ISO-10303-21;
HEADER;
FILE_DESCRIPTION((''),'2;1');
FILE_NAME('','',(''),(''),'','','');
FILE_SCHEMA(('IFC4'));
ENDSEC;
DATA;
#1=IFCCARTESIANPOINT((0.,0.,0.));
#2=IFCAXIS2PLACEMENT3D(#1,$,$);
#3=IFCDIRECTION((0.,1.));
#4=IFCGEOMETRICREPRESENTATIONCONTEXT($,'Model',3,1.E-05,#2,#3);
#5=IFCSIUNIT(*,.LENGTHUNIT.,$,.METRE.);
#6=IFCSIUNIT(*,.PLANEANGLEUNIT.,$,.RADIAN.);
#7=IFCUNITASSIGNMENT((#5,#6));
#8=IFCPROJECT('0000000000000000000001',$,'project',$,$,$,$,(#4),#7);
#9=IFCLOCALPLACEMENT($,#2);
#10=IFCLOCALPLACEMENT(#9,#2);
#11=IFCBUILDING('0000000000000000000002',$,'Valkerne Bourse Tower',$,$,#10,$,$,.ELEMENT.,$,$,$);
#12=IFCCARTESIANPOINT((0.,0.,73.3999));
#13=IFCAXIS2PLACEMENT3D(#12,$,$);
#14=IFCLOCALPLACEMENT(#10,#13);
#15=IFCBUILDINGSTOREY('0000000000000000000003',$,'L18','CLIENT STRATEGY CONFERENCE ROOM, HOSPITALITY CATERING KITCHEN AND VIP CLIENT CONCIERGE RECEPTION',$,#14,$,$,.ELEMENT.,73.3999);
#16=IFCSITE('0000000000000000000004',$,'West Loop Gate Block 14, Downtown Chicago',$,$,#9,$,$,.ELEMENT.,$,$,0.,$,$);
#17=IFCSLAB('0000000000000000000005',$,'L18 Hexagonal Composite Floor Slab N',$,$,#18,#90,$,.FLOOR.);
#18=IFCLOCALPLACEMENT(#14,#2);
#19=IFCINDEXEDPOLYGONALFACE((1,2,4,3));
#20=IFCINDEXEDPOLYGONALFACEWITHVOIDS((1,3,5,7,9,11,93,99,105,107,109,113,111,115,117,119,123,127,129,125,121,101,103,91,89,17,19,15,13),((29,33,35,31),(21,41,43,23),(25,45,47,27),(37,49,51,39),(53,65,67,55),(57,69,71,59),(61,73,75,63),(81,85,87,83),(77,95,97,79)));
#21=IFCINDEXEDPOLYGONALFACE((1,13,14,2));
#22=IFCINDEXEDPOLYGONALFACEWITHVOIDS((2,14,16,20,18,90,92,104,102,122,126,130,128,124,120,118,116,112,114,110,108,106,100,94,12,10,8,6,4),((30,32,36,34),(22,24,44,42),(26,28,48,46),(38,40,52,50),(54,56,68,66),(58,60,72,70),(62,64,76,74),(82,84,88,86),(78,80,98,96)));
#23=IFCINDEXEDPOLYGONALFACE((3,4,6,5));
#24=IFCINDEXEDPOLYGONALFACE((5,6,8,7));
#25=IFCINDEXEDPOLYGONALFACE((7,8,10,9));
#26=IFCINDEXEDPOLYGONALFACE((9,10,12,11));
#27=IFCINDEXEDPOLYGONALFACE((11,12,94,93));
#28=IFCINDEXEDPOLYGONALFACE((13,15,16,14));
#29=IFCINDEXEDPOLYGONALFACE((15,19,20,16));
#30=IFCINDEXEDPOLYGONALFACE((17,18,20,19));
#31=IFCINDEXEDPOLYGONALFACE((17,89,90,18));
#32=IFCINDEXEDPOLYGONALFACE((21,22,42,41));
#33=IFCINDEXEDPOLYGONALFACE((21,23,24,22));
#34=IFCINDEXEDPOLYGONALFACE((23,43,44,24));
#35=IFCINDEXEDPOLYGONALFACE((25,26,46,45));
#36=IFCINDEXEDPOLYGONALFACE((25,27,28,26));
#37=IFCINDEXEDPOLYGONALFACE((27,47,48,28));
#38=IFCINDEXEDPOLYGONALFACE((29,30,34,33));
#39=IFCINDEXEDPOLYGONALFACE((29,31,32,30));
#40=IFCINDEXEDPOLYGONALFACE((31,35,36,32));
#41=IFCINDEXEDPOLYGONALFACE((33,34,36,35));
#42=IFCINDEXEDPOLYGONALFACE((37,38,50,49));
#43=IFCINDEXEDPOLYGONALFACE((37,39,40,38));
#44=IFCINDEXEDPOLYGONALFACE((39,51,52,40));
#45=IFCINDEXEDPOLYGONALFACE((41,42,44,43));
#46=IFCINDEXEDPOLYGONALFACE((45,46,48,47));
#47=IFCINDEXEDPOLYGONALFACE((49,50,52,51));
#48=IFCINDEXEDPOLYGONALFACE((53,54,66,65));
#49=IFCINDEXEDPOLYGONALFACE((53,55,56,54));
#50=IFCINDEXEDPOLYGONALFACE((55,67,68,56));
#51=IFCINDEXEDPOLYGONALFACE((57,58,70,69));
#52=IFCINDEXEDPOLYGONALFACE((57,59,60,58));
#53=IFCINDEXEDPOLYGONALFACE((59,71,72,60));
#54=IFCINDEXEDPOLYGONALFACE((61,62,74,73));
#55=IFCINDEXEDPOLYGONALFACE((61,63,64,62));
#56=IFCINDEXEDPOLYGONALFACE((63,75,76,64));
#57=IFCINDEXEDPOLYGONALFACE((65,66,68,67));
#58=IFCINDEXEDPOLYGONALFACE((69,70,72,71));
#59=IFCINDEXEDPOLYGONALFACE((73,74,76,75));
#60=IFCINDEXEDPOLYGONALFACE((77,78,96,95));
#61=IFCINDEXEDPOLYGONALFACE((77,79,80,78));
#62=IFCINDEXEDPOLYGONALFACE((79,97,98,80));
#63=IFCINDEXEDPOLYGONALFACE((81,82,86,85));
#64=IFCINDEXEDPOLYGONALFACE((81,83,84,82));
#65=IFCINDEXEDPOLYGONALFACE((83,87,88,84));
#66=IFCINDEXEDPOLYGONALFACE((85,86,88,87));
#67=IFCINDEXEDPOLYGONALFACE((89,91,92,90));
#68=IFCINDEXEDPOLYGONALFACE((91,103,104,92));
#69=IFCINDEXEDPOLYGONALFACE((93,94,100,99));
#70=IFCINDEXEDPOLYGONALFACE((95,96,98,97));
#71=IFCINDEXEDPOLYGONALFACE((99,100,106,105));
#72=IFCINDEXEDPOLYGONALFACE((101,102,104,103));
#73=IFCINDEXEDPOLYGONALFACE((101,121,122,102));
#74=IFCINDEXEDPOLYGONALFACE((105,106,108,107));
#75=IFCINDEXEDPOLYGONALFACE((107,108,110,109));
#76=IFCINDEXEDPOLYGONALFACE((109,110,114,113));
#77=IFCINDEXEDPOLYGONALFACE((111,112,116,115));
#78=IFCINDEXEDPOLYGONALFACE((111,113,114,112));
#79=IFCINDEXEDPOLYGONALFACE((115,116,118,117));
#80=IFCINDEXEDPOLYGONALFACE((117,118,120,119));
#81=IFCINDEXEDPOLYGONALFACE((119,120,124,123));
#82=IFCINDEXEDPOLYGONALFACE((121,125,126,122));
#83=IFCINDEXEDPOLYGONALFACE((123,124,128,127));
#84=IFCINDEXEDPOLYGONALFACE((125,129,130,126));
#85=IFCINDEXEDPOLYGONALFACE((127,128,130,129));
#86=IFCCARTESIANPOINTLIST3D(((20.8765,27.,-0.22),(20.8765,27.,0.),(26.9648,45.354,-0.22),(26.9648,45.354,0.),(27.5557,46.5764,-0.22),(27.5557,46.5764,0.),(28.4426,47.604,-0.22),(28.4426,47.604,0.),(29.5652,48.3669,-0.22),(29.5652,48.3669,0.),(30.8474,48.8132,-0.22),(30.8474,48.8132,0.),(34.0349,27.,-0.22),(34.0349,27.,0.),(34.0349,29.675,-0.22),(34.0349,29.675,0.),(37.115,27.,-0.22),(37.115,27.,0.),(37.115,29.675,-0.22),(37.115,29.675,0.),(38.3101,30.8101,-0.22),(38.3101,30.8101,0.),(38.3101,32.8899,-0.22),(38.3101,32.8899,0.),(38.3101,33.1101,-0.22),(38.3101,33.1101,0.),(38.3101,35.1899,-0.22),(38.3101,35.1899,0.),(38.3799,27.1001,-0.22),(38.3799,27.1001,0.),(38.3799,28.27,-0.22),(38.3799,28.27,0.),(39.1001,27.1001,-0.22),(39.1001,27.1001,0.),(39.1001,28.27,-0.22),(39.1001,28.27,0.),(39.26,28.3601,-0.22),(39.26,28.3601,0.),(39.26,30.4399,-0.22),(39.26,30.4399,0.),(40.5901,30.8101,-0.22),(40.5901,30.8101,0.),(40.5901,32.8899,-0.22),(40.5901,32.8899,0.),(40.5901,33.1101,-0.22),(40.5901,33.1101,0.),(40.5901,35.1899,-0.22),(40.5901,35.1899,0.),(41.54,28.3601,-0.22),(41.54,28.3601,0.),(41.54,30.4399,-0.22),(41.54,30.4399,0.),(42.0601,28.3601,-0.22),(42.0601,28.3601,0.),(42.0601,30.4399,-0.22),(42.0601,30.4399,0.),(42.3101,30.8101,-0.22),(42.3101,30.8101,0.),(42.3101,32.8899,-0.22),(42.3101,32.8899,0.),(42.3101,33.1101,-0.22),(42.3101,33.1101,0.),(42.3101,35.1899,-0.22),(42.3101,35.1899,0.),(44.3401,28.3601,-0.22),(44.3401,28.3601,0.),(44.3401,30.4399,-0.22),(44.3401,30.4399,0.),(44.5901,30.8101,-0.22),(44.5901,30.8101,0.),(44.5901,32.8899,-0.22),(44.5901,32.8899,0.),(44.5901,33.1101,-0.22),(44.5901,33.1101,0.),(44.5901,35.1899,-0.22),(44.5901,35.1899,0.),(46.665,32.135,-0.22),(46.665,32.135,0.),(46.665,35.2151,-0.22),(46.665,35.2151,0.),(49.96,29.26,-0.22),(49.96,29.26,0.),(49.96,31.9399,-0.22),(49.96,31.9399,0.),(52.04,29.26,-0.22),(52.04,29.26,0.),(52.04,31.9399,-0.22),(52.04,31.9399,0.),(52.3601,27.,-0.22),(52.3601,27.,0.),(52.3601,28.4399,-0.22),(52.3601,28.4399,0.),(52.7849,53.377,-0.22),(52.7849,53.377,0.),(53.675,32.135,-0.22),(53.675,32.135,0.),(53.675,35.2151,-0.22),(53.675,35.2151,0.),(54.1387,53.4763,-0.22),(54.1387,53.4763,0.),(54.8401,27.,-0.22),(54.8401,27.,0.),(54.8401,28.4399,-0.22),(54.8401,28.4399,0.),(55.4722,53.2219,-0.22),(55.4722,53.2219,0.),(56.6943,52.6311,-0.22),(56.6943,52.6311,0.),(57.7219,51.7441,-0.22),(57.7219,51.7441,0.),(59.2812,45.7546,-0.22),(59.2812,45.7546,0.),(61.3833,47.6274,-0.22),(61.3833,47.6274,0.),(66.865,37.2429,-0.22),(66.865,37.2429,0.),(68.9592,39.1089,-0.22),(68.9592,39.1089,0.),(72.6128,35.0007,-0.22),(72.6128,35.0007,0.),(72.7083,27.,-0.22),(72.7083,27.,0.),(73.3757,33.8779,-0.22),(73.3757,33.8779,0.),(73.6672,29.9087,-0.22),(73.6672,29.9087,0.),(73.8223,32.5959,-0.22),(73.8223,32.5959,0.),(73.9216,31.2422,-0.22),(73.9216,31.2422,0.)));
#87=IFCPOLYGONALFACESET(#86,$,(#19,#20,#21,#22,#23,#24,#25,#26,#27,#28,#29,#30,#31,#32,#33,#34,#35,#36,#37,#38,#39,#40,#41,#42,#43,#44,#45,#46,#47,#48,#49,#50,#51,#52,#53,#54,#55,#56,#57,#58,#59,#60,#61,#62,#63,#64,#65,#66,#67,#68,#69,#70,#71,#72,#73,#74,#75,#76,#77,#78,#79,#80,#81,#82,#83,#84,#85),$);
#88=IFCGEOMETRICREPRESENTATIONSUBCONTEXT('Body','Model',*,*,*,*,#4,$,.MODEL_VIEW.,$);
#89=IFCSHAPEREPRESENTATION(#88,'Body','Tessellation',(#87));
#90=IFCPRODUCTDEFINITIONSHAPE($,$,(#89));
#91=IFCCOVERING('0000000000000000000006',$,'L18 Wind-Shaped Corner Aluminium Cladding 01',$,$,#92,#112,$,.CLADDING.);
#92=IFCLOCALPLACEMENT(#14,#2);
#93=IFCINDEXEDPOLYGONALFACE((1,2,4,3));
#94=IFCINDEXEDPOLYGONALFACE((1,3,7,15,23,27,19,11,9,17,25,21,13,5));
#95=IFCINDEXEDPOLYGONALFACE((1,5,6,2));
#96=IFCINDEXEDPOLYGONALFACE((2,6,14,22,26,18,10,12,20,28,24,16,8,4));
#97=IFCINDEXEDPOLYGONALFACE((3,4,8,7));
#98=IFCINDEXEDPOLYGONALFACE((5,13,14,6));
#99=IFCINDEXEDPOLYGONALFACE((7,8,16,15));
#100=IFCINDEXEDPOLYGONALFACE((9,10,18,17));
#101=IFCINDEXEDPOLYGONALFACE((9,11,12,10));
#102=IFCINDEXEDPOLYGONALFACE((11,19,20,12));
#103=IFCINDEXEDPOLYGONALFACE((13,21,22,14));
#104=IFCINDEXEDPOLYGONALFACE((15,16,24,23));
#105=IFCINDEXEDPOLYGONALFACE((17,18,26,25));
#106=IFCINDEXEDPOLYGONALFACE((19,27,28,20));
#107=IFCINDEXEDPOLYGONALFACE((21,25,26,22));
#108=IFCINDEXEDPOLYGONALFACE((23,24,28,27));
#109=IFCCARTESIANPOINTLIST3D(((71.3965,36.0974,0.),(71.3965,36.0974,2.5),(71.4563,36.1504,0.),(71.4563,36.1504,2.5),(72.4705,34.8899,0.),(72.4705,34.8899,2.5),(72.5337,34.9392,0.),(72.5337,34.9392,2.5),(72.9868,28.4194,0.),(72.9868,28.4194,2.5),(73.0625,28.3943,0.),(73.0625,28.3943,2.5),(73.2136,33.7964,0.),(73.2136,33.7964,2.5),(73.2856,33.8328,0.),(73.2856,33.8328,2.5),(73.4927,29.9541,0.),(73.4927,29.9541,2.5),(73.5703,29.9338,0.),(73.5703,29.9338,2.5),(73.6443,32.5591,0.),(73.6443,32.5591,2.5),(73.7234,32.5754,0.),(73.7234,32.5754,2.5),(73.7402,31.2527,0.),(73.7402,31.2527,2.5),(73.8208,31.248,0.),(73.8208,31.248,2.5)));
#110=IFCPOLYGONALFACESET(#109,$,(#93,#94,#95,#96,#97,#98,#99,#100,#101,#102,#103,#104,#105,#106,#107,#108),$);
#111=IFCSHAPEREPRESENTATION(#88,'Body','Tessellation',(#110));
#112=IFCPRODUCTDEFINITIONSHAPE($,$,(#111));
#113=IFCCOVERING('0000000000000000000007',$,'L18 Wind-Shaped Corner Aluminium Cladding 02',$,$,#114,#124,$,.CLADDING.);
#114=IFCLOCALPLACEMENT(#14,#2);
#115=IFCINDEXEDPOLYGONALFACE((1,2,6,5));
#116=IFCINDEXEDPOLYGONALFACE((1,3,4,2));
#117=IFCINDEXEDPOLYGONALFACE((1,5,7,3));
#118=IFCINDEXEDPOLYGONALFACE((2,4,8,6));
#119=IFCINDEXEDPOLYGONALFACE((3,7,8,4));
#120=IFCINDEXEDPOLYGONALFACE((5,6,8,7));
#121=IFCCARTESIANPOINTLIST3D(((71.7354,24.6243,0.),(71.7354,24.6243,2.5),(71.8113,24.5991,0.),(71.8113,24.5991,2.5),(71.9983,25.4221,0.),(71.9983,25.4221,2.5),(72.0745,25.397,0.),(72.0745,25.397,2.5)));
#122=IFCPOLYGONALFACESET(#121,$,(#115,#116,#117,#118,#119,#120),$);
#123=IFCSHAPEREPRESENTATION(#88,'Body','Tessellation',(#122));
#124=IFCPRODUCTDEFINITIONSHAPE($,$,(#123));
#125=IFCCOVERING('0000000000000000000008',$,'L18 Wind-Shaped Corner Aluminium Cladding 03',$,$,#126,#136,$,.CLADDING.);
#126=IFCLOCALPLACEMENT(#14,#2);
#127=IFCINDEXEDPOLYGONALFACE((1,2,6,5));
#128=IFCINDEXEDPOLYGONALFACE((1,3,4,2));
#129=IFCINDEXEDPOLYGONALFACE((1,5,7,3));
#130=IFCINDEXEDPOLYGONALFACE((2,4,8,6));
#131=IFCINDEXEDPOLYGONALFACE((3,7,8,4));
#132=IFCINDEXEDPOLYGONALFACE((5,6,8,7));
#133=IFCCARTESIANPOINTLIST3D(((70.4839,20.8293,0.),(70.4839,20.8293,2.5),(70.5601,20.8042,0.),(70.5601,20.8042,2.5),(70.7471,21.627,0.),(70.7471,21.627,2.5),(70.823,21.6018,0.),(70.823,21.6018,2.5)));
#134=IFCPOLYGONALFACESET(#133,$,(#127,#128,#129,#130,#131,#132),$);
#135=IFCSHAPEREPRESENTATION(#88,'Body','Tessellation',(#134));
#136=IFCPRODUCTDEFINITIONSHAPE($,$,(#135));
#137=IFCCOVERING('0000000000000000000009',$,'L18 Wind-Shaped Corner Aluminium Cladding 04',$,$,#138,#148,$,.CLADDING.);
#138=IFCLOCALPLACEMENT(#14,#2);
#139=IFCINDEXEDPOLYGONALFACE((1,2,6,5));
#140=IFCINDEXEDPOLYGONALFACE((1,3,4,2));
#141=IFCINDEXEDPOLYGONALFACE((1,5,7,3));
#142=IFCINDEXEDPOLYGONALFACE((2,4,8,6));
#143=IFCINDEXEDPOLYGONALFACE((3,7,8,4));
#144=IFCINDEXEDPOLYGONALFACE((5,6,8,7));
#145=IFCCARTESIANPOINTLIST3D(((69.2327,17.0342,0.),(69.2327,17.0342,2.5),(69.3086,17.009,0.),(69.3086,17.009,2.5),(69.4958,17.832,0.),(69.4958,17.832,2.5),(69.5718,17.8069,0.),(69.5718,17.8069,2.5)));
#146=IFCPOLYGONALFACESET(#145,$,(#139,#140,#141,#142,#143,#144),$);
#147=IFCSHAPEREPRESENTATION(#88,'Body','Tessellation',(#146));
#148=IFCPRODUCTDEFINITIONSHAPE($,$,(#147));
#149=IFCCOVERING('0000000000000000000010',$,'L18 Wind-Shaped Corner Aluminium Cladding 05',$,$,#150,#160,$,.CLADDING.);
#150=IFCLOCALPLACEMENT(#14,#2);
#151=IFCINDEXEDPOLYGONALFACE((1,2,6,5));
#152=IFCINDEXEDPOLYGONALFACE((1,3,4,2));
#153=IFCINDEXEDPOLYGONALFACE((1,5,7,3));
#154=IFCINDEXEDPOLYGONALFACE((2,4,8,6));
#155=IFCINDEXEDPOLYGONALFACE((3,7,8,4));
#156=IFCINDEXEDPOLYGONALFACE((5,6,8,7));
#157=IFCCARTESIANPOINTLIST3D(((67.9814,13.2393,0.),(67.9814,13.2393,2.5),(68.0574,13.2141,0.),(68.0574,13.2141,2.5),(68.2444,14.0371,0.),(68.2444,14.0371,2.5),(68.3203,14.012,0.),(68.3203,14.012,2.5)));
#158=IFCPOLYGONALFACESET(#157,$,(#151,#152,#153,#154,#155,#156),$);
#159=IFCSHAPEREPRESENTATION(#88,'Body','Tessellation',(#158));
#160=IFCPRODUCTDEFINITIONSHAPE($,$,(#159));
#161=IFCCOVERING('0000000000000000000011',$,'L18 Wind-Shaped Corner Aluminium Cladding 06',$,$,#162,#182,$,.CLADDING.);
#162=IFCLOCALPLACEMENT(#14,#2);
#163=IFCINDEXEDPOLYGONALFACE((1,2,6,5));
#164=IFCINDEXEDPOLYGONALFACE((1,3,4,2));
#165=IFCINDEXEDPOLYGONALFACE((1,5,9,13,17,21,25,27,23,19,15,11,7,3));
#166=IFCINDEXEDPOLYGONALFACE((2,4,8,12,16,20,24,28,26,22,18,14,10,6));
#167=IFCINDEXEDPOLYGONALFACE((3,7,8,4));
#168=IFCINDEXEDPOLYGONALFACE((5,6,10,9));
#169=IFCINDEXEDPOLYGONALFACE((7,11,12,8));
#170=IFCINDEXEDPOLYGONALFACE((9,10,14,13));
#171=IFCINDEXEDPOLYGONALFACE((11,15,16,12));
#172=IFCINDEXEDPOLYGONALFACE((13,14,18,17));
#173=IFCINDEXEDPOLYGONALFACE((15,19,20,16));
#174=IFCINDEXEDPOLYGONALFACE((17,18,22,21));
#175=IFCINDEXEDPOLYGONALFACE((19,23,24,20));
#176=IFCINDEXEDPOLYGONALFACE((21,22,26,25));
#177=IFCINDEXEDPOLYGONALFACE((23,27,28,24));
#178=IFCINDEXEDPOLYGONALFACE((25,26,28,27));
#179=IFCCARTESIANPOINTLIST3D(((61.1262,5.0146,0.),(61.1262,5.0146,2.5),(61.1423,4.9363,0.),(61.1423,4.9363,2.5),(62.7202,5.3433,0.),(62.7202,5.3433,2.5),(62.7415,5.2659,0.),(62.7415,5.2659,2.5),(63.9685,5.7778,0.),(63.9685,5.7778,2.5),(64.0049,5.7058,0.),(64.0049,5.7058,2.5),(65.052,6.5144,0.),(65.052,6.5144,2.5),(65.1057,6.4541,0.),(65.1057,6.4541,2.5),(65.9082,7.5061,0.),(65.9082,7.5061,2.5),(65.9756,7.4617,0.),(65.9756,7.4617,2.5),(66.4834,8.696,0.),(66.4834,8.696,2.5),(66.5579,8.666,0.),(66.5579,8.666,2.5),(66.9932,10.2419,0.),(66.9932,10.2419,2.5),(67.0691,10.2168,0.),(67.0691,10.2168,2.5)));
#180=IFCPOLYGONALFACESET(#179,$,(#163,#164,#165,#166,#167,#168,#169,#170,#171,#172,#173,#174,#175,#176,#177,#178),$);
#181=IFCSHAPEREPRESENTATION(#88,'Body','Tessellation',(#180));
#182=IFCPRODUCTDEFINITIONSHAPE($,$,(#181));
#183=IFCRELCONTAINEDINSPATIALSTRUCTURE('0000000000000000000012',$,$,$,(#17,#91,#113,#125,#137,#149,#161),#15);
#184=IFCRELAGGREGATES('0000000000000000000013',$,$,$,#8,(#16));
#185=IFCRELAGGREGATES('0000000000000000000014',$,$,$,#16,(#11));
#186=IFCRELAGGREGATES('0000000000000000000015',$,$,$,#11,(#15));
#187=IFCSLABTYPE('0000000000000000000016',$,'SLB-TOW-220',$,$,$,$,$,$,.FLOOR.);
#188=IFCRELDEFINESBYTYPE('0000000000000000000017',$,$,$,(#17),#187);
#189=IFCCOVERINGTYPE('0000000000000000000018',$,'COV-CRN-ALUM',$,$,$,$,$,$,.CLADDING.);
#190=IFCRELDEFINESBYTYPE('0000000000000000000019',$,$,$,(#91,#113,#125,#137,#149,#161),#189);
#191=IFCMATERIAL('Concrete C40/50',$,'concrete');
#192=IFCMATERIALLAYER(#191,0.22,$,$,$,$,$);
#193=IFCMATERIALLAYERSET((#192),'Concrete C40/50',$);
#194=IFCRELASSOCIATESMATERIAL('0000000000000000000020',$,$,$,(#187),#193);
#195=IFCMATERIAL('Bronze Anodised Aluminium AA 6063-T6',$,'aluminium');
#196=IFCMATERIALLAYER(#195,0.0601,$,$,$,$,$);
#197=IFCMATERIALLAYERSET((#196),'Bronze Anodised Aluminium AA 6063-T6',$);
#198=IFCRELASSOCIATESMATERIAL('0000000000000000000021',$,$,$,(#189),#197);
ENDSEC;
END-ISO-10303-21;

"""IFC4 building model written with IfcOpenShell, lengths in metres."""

from ifc_helpers import new_model, si_unit, direction, frame, origin, place, context, subcontext, project, spatial, polyline, outline, extrude, material, layer, layer_set, type_object, element, save


model = new_model("IFC4")

# Units and contexts
model_context = context("Model", 3, precision=1e-05, world=origin(), true_north=direction((0.0, 1.0)))
body_context = subcontext(model_context, "Body", "Model", "MODEL_VIEW")
ifc_project = project(units=[si_unit("LENGTHUNIT", "METRE"), si_unit("PLANEANGLEUNIT", "RADIAN")], contexts=[model_context])

# Site, building, storey
site_placement = place(None, origin())
site = spatial("IfcSite", under=ifc_project, at=site_placement, Name="West Loop Gate Block 14, Downtown Chicago", CompositionType="ELEMENT", RefElevation=0.0)
building_placement = place(site_placement, origin())
building = spatial("IfcBuilding", under=site, at=building_placement, Name="Valkerne Bourse Tower", CompositionType="ELEMENT")
storey_placement = place(building_placement, frame((0.0, 0.0, 73.3999)))
storey = spatial("IfcBuildingStorey", under=building, at=storey_placement, Name="L18", Description="CLIENT STRATEGY CONFERENCE ROOM, HOSPITALITY CATERING KITCHEN AND VIP CLIENT CONCIERGE RECEPTION", CompositionType="ELEMENT", Elevation=73.3999)

# Slab
ifc_material_1 = material(Name="Concrete C40/50", Category="concrete")
ifc_layer_1 = layer(ifc_material_1, 0.22)
ifc_layer_set_1 = layer_set([ifc_layer_1], Name="Concrete C40/50")
slab_type_1 = type_object("IfcSlabType", Name="SLB-TOW-220", PredefinedType="FLOOR", material=ifc_layer_set_1)
slab_1_placement = place(storey_placement, frame((0.0, 0.0, -0.22)))
element("IfcSlab", 1, at=slab_1_placement, inside=storey, type_object=slab_type_1, Name="L18 Hexagonal Composite Floor Slab N", PredefinedType="FLOOR", context=body_context, shape_type="SweptSolid", body=[
    extrude(outline(polyline([(73.8223, 32.5959), (73.9216, 31.2422), (73.6672, 29.9087), (72.7083, 27.0), (54.8401, 27.0), (54.8401, 28.4399), (52.3601, 28.4399), (52.3601, 27.0), (37.115, 27.0), (37.115, 29.675), (34.0349, 29.675), (34.0349, 27.0), (20.8765, 27.0), (26.9648, 45.354), (27.5557, 46.5764), (28.4426, 47.604), (29.5652, 48.3669), (30.8474, 48.8132), (52.7849, 53.377), (54.1387, 53.4763), (55.4722, 53.2219), (56.6943, 52.6311), (57.7219, 51.7441), (61.3833, 47.6274), (59.2812, 45.7546), (66.865, 37.2429), (68.9592, 39.1089), (72.6128, 35.0007), (73.3757, 33.8779), (73.8223, 32.5959)]), holes=[polyline([(39.1001, 28.27), (38.3799, 28.27), (38.3799, 27.1001), (39.1001, 27.1001), (39.1001, 28.27)]), polyline([(41.54, 30.4399), (39.26, 30.4399), (39.26, 28.3601), (41.54, 28.3601), (41.54, 30.4399)]), polyline([(44.3401, 30.4399), (42.0601, 30.4399), (42.0601, 28.3601), (44.3401, 28.3601), (44.3401, 30.4399)]), polyline([(40.5901, 30.8101), (40.5901, 32.8899), (38.3101, 32.8899), (38.3101, 30.8101), (40.5901, 30.8101)]), polyline([(40.5901, 33.1101), (40.5901, 35.1899), (38.3101, 35.1899), (38.3101, 33.1101), (40.5901, 33.1101)]), polyline([(52.04, 31.9399), (49.96, 31.9399), (49.96, 29.26), (52.04, 29.26), (52.04, 31.9399)]), polyline([(44.5901, 32.8899), (42.3101, 32.8899), (42.3101, 30.8101), (44.5901, 30.8101), (44.5901, 32.8899)]), polyline([(53.675, 32.135), (53.675, 35.2151), (46.665, 35.2151), (46.665, 32.135), (53.675, 32.135)]), polyline([(44.5901, 33.1101), (44.5901, 35.1899), (42.3101, 35.1899), (42.3101, 33.1101), (44.5901, 33.1101)])]), origin(), (0.0, 0.0, 1.0), 0.22),
])

# Coverings
ifc_material_2 = material(Name="Bronze Anodised Aluminium AA 6063-T6", Category="aluminium")
ifc_layer_2 = layer(ifc_material_2, 0.0601)
ifc_layer_set_2 = layer_set([ifc_layer_2], Name="Bronze Anodised Aluminium AA 6063-T6")
covering_type = type_object("IfcCoveringType", Name="COV-CRN-ALUM", PredefinedType="CLADDING", material=ifc_layer_set_2)
covering_1_placement = place(storey_placement, origin())
element("IfcCovering", 2, at=covering_1_placement, inside=storey, type_object=covering_type, Name="L18 Wind-Shaped Corner Aluminium Cladding 01", PredefinedType="CLADDING", context=body_context, shape_type="SweptSolid", body=[
    extrude(outline(polyline([(73.7234, 32.5754), (73.8208, 31.248), (73.5703, 29.9338), (73.0625, 28.3943), (72.9868, 28.4194), (73.4927, 29.9541), (73.7402, 31.2527), (73.6443, 32.5591), (73.2136, 33.7964), (72.4705, 34.8899), (71.3965, 36.0974), (71.4563, 36.1504), (72.5337, 34.9392), (73.2856, 33.8328), (73.7234, 32.5754)])), origin(), (0.0, 0.0, 1.0), 2.5),
])
covering_2_placement = place(storey_placement, origin())
element("IfcCovering", 3, at=covering_2_placement, inside=storey, type_object=covering_type, Name="L18 Wind-Shaped Corner Aluminium Cladding 02", PredefinedType="CLADDING", context=body_context, shape_type="SweptSolid", body=[
    extrude(outline(polyline([(71.8113, 24.5991), (71.7354, 24.6243), (71.9983, 25.4221), (72.0745, 25.397), (71.8113, 24.5991)])), origin(), (0.0, 0.0, 1.0), 2.5),
])
covering_3_placement = place(storey_placement, origin())
element("IfcCovering", 4, at=covering_3_placement, inside=storey, type_object=covering_type, Name="L18 Wind-Shaped Corner Aluminium Cladding 03", PredefinedType="CLADDING", context=body_context, shape_type="SweptSolid", body=[
    extrude(outline(polyline([(70.5601, 20.8042), (70.4839, 20.8293), (70.7471, 21.627), (70.823, 21.6018), (70.5601, 20.8042)])), origin(), (0.0, 0.0, 1.0), 2.5),
])
covering_4_placement = place(storey_placement, origin())
element("IfcCovering", 5, at=covering_4_placement, inside=storey, type_object=covering_type, Name="L18 Wind-Shaped Corner Aluminium Cladding 04", PredefinedType="CLADDING", context=body_context, shape_type="SweptSolid", body=[
    extrude(outline(polyline([(69.3086, 17.009), (69.2327, 17.0342), (69.4958, 17.832), (69.5718, 17.8069), (69.3086, 17.009)])), origin(), (0.0, 0.0, 1.0), 2.5),
])
covering_5_placement = place(storey_placement, origin())
element("IfcCovering", 6, at=covering_5_placement, inside=storey, type_object=covering_type, Name="L18 Wind-Shaped Corner Aluminium Cladding 05", PredefinedType="CLADDING", context=body_context, shape_type="SweptSolid", body=[
    extrude(outline(polyline([(68.0574, 13.2141), (67.9814, 13.2393), (68.2444, 14.0371), (68.3203, 14.012), (68.0574, 13.2141)])), origin(), (0.0, 0.0, 1.0), 2.5),
])
covering_6_placement = place(storey_placement, origin())
element("IfcCovering", 7, at=covering_6_placement, inside=storey, type_object=covering_type, Name="L18 Wind-Shaped Corner Aluminium Cladding 06", PredefinedType="CLADDING", context=body_context, shape_type="SweptSolid", body=[
    extrude(outline(polyline([(66.5579, 8.666), (65.9756, 7.4617), (65.1057, 6.4541), (64.0049, 5.7058), (62.7415, 5.2659), (61.1423, 4.9363), (61.1262, 5.0146), (62.7202, 5.3433), (63.9685, 5.7778), (65.052, 6.5144), (65.9082, 7.5061), (66.4834, 8.696), (66.9932, 10.2419), (67.0691, 10.2168), (66.5579, 8.666)])), origin(), (0.0, 0.0, 1.0), 2.5),
])

save(model, "model.ifc")
